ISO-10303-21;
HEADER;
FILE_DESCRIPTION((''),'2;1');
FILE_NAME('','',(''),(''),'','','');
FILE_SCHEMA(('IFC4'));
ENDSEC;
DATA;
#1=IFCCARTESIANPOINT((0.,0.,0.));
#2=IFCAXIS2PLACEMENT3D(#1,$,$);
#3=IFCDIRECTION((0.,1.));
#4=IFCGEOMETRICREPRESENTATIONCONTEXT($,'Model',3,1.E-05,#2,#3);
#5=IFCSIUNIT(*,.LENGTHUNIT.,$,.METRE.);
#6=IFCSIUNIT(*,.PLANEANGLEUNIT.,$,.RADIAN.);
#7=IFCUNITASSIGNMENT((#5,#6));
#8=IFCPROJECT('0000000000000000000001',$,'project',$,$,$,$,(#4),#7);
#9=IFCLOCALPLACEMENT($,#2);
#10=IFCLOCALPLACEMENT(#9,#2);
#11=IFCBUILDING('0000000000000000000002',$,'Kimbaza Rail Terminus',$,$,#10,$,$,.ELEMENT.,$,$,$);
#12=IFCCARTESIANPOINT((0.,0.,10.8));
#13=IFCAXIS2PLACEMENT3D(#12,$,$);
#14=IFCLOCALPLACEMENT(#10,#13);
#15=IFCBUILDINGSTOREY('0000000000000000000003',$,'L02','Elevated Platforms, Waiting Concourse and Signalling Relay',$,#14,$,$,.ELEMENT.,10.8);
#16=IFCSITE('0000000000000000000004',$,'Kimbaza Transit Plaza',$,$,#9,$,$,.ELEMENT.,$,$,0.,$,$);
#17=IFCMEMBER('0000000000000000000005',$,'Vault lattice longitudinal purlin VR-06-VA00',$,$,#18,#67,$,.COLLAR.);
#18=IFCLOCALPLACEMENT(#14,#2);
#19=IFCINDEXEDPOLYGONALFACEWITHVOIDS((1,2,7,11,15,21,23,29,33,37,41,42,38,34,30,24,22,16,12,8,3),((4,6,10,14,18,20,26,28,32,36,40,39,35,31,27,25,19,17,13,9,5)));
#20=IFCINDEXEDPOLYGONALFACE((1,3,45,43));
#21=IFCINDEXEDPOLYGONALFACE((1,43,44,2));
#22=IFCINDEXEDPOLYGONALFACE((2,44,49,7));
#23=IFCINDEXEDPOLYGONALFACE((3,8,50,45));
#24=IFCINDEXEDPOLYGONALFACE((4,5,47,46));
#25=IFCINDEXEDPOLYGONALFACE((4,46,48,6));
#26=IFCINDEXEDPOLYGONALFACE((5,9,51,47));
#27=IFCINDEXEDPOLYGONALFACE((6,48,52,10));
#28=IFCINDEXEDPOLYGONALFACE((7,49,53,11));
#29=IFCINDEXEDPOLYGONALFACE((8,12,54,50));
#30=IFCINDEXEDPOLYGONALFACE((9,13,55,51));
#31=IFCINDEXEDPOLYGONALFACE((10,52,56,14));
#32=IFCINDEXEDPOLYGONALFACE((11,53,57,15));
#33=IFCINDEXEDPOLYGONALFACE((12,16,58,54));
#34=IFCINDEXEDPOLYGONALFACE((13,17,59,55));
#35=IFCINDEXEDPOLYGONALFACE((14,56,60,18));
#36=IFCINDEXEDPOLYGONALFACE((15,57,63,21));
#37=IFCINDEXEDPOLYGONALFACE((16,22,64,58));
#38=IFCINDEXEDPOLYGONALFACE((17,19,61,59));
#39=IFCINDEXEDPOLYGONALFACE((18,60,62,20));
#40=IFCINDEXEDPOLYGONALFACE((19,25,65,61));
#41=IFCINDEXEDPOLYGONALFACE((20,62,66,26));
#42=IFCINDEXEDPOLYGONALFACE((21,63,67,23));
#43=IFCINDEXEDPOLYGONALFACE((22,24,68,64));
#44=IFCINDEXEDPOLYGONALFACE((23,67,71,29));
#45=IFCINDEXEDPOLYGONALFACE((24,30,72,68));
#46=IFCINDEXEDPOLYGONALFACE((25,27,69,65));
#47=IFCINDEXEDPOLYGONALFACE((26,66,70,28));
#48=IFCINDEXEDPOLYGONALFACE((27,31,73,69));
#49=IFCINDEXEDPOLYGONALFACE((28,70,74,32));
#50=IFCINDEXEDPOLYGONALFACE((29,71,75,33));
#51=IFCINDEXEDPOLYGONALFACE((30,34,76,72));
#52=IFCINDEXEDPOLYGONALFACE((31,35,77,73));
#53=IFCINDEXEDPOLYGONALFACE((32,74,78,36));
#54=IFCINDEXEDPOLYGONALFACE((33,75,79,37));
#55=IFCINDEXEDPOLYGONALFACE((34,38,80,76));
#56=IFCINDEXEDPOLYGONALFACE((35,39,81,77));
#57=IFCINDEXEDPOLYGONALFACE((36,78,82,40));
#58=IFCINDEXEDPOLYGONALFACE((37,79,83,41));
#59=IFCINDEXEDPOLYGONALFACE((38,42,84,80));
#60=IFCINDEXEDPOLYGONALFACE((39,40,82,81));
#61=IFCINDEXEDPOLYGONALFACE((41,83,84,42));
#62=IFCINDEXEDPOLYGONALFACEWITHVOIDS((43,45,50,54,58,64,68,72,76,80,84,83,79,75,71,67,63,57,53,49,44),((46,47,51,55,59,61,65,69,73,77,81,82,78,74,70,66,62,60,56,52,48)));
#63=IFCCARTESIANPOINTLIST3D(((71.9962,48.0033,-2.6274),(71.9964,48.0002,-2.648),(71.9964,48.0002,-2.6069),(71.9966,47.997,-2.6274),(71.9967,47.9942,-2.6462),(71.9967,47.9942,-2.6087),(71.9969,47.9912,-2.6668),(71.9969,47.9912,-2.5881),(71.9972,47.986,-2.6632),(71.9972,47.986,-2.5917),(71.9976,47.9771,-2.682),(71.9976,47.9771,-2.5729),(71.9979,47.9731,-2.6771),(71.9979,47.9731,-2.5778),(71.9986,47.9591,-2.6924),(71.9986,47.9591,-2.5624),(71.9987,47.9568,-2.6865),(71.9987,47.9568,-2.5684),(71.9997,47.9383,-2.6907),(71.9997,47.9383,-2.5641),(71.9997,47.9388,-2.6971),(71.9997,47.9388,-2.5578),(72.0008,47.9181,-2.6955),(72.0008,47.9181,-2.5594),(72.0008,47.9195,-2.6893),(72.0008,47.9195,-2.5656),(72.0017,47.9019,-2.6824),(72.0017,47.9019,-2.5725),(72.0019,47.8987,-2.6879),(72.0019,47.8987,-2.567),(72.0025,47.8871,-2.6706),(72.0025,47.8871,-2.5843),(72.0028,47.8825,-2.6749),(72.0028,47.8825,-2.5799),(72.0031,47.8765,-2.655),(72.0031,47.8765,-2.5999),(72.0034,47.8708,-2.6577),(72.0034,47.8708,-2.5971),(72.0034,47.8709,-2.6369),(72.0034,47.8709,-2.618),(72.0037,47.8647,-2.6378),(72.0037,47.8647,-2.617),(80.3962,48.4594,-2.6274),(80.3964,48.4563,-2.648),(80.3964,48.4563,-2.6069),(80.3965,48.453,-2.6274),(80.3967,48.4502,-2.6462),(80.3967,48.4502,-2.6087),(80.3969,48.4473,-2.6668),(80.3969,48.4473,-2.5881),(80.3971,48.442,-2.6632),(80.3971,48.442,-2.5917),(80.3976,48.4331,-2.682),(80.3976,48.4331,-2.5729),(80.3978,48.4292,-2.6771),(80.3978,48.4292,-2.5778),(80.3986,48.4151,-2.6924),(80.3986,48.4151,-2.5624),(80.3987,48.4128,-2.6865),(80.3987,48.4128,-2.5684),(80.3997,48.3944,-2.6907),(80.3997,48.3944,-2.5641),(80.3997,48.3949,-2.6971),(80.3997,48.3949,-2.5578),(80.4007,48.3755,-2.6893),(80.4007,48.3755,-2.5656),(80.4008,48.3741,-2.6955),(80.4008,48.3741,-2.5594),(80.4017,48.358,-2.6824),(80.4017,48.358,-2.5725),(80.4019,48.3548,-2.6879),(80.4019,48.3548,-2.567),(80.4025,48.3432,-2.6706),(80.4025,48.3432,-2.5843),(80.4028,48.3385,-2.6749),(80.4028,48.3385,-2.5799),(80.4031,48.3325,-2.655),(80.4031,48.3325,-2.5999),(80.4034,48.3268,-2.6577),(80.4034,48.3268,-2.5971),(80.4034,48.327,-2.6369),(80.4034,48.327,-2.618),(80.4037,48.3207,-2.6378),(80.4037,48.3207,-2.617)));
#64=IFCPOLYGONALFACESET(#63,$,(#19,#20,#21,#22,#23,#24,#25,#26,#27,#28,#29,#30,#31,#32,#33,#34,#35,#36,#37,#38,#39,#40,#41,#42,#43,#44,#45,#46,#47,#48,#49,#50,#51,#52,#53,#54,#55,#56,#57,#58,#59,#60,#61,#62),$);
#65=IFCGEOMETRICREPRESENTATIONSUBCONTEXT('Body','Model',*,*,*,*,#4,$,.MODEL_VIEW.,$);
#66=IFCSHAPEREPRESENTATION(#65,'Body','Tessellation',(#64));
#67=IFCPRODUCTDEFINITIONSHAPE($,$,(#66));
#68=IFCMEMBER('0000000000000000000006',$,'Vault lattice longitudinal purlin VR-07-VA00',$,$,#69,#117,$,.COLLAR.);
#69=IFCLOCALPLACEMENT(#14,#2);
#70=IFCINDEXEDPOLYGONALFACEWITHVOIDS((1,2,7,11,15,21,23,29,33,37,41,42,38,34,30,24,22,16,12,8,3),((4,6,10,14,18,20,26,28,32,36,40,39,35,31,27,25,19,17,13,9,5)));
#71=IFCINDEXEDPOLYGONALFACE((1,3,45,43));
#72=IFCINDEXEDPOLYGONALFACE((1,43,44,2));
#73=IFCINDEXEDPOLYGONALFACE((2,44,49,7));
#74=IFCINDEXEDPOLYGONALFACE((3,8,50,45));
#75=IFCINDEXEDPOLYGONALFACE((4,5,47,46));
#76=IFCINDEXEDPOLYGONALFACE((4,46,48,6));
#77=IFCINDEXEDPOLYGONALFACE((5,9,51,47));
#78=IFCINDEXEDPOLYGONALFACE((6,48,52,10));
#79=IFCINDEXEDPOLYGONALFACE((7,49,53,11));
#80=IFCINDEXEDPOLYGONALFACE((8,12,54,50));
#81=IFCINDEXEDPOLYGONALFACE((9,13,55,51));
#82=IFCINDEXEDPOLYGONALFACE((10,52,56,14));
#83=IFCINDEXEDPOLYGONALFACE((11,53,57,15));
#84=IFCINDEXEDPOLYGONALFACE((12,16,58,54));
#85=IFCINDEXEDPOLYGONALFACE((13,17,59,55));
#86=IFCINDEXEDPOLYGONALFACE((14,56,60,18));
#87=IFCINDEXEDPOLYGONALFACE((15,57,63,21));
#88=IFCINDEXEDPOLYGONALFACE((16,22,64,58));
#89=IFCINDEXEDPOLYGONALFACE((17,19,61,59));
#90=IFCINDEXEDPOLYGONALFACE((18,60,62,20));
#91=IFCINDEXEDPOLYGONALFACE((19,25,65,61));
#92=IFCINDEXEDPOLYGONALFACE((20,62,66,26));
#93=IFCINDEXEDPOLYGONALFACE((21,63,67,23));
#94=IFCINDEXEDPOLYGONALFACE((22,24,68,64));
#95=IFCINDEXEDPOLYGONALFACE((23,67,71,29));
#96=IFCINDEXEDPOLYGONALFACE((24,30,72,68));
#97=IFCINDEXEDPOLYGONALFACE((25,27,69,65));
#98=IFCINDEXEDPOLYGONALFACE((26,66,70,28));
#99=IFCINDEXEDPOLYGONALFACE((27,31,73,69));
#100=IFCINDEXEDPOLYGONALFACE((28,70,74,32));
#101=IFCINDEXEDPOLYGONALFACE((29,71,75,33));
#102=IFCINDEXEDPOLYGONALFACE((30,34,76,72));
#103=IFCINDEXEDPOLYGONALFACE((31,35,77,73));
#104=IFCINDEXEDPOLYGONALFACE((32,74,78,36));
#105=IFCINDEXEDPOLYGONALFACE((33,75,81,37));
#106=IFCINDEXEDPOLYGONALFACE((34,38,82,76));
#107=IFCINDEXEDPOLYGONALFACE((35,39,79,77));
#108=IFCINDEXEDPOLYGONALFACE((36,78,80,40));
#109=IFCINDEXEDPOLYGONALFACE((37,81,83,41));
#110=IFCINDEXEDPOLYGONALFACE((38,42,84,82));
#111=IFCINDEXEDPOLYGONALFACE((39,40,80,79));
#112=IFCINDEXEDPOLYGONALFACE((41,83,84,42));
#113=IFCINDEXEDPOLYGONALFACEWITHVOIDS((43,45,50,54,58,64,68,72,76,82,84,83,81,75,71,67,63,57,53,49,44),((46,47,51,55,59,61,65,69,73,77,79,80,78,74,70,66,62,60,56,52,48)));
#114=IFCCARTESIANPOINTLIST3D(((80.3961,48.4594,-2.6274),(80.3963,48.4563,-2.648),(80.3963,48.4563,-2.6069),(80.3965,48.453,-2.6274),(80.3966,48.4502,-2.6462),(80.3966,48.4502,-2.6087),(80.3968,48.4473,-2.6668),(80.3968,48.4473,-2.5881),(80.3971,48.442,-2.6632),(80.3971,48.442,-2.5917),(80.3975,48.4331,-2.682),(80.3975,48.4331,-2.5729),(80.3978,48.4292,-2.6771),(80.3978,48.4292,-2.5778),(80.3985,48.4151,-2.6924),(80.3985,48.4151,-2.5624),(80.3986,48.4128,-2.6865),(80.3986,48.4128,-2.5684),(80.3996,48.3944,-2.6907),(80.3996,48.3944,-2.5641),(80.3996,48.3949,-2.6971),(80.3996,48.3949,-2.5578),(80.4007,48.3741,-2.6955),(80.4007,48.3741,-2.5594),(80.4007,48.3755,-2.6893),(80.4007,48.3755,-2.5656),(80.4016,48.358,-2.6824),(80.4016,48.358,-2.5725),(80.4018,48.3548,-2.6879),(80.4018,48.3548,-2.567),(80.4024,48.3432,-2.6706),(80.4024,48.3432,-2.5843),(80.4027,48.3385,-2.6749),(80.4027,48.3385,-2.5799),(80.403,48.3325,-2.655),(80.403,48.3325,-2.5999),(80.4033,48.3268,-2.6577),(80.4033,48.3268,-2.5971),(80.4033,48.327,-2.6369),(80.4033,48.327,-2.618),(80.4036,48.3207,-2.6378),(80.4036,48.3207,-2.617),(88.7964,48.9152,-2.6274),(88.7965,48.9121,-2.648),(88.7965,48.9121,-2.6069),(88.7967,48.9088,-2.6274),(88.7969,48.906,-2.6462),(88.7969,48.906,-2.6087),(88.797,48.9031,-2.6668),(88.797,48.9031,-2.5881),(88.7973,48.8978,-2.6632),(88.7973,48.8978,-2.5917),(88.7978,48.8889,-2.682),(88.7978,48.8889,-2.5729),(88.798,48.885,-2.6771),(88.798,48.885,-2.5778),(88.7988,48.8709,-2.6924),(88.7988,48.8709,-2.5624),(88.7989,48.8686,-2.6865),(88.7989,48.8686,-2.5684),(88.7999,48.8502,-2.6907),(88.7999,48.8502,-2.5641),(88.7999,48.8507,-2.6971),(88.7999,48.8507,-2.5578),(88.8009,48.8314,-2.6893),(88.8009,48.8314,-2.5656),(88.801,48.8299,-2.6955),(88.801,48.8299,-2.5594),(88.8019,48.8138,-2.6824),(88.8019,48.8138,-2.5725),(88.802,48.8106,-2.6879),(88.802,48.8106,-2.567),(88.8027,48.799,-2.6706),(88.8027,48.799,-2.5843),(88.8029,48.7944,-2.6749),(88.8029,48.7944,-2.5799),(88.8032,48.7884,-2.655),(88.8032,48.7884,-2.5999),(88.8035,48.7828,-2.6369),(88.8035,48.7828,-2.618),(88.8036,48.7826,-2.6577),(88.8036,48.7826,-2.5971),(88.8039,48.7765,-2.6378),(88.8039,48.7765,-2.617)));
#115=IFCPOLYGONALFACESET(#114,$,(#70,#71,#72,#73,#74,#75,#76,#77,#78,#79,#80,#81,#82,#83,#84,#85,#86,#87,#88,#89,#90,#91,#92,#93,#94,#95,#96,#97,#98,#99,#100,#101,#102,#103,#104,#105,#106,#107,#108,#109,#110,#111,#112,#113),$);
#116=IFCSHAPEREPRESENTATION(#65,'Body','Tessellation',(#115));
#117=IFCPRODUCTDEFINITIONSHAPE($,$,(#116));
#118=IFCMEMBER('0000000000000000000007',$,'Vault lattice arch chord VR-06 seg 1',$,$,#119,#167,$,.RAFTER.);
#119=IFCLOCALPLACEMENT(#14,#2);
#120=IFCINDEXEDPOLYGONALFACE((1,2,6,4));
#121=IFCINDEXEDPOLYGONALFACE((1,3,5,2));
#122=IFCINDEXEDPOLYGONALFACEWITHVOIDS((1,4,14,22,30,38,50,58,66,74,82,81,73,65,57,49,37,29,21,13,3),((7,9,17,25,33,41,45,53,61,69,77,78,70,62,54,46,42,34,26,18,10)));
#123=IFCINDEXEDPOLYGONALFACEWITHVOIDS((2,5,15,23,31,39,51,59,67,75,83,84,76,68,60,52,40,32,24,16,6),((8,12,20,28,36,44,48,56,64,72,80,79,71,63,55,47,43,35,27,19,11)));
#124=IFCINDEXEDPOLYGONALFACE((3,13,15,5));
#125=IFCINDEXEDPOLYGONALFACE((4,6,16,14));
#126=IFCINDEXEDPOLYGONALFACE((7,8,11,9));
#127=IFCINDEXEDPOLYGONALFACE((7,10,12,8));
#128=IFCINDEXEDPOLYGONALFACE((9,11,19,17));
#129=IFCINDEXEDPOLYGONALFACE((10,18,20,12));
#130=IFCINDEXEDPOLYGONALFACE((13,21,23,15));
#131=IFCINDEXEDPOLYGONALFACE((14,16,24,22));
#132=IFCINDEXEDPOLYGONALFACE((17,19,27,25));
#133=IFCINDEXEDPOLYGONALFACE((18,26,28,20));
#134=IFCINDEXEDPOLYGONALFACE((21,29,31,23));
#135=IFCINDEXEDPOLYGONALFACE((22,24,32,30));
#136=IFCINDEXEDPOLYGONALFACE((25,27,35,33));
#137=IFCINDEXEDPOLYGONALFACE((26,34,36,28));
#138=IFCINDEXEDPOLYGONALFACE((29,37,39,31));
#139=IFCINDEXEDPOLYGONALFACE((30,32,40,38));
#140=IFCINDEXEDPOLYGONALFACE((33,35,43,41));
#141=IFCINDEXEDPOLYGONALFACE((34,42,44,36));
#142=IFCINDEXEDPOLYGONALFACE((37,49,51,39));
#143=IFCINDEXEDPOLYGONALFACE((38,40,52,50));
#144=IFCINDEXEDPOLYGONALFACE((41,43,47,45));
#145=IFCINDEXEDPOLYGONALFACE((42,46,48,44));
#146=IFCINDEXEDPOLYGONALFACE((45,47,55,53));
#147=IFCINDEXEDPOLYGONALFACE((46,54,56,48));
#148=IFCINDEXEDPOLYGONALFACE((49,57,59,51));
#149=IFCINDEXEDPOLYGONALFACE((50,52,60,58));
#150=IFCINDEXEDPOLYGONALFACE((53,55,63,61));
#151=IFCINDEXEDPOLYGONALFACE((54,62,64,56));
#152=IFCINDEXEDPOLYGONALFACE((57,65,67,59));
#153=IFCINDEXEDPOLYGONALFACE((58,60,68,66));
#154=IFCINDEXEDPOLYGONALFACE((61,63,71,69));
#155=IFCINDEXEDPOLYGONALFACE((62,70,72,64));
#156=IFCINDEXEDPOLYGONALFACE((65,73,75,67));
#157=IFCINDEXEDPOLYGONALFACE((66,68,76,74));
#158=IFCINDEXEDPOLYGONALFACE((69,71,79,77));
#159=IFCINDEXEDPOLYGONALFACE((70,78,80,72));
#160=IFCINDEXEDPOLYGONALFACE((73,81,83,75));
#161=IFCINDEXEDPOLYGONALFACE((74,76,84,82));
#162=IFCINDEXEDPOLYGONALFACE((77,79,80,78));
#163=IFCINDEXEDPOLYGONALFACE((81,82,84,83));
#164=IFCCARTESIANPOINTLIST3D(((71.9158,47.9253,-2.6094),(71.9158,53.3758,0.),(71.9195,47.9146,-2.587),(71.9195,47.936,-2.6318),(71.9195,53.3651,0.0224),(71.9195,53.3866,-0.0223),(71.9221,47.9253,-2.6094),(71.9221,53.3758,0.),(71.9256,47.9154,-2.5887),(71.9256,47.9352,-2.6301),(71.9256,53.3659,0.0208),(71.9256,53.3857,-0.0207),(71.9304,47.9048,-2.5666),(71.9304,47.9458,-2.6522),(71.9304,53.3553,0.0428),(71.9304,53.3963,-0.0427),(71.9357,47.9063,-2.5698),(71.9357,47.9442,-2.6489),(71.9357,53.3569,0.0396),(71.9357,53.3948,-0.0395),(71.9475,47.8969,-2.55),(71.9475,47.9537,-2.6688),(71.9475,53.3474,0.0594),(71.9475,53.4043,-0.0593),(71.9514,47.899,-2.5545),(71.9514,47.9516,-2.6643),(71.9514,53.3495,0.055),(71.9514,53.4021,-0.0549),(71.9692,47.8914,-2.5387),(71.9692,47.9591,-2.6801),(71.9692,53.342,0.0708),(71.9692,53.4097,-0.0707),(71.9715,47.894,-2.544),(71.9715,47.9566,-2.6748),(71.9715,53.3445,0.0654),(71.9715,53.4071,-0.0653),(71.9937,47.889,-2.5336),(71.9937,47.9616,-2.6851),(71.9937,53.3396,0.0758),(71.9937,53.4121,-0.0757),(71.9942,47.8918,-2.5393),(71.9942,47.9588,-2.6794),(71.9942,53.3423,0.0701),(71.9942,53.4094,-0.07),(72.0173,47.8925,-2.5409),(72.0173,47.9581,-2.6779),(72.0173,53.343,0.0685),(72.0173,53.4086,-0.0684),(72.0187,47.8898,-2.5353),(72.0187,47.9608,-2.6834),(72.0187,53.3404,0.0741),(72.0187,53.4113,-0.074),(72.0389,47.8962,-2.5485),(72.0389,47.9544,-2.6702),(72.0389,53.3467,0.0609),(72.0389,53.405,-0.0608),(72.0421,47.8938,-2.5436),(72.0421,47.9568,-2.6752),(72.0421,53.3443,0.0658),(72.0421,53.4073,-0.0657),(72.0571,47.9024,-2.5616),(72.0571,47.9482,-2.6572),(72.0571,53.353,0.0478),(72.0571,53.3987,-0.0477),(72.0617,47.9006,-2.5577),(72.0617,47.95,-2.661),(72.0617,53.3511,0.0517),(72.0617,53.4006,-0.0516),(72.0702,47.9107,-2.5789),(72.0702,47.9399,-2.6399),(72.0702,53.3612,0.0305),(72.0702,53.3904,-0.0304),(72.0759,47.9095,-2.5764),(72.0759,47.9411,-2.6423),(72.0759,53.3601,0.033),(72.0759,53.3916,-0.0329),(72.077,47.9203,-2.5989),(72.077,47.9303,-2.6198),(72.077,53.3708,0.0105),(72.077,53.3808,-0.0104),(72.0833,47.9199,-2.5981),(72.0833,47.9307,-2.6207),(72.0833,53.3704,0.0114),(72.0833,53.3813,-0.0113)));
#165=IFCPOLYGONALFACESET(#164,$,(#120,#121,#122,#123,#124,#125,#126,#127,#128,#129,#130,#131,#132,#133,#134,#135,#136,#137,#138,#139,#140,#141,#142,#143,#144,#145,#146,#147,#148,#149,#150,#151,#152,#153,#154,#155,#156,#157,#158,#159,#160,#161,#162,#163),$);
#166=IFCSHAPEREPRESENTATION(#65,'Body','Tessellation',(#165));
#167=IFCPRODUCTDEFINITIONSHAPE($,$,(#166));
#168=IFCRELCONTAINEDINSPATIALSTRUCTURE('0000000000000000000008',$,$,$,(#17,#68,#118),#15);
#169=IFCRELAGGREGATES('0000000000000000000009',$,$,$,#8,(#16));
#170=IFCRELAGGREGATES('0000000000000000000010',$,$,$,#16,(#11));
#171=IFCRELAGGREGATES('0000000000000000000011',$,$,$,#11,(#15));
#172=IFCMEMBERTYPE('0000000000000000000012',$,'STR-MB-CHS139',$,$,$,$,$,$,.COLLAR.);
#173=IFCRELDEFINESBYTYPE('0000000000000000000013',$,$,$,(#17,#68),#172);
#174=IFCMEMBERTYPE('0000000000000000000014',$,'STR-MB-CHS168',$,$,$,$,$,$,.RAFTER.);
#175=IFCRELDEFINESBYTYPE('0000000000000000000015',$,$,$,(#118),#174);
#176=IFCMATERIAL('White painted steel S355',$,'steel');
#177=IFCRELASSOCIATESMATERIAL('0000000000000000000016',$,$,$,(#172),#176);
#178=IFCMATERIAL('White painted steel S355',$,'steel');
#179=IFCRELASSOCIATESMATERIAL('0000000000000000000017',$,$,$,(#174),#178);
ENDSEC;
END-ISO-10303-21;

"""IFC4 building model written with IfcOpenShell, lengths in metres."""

from ifc_helpers import new_model, si_unit, direction, frame, origin, origin_2d, place, context, subcontext, project, spatial, hollow_circle, extrude, material, material_profile, profile_set, type_object, element, save


model = new_model("IFC4")

# Units and contexts
model_context = context("Model", 3, precision=1e-05, world=origin(), true_north=direction((0.0, 1.0)))
body_context = subcontext(model_context, "Body", "Model", "MODEL_VIEW")
ifc_project = project(units=[si_unit("LENGTHUNIT", "METRE"), si_unit("PLANEANGLEUNIT", "RADIAN")], contexts=[model_context])

# Site, building, storey
site_placement = place(None, origin())
site = spatial("IfcSite", under=ifc_project, at=site_placement, Name="Kimbaza Transit Plaza", CompositionType="ELEMENT", RefElevation=0.0)
building_placement = place(site_placement, origin())
building = spatial("IfcBuilding", under=site, at=building_placement, Name="Kimbaza Rail Terminus", CompositionType="ELEMENT")
storey_placement = place(building_placement, frame((0.0, 0.0, 10.8)))
storey = spatial("IfcBuildingStorey", under=building, at=storey_placement, Name="L02", Description="Elevated Platforms, Waiting Concourse and Signalling Relay", CompositionType="ELEMENT", Elevation=10.8)

# Members
ifc_material_1 = material(Name="White painted steel S355", Category="steel")
ifc_material_profile_1 = material_profile(ifc_material_1, hollow_circle(Radius=0.0698, WallThickness=0.0063, at=origin_2d()), Name="CHS 139.7x6.3")
ifc_profile_set_1 = profile_set([ifc_material_profile_1], Name="White painted steel S355")
member_type_1 = type_object("IfcMemberType", Name="STR-MB-CHS139", PredefinedType="COLLAR", material=ifc_profile_set_1)
member_1_placement = place(storey_placement, frame((72.0, 47.9336, -2.6274), z_axis=(0.998529, 0.054213, 0.0), x_axis=(-0.054213, 0.998529, 0.0)))
element("IfcMember", 1, at=member_1_placement, inside=storey, type_object=member_type_1, Name="Vault lattice longitudinal purlin VR-06-VA00", PredefinedType="COLLAR", context=body_context, shape_type="SweptSolid", body=[
    extrude(hollow_circle(Radius=0.0698, WallThickness=0.0063, at=origin_2d()), origin(), (0.0, 0.0, 1.0), 8.4124),
])
member_2_placement = place(storey_placement, frame((80.3999, 48.3896, -2.6274), z_axis=(0.998531, 0.054183, 0.0), x_axis=(-0.054183, 0.998531, 0.0)))
element("IfcMember", 2, at=member_2_placement, inside=storey, type_object=member_type_1, Name="Vault lattice longitudinal purlin VR-07-VA00", PredefinedType="COLLAR", context=body_context, shape_type="SweptSolid", body=[
    extrude(hollow_circle(Radius=0.0698, WallThickness=0.0063, at=origin_2d()), origin(), (0.0, 0.0, 1.0), 8.4126),
])
ifc_material_2 = material(Name="White painted steel S355", Category="steel")
ifc_material_profile_2 = material_profile(ifc_material_2, hollow_circle(Radius=0.0842, WallThickness=0.0063, at=origin_2d()), Name="CHS 168.3x6.3")
ifc_profile_set_2 = profile_set([ifc_material_profile_2], Name="White painted steel S355")
member_type_2 = type_object("IfcMemberType", Name="STR-MB-CHS168", PredefinedType="RAFTER", material=ifc_profile_set_2)
for number, where, z_axis, x_axis, name in (
    (3, (72.0, 47.9253, -2.6094), (0.0, 0.901964, 0.431811), (-1.0, 0.0, 0.0), "Vault lattice arch chord VR-06 seg 1"),
):
    element("IfcMember", number, at=place(storey_placement, frame(where, z_axis=z_axis, x_axis=x_axis)), inside=storey, type_object=member_type_2, Name=name, PredefinedType="RAFTER", context=body_context, shape_type="SweptSolid", body=[
        extrude(hollow_circle(Radius=0.0842, WallThickness=0.0063, at=origin_2d()), origin(), (0.0, 0.0, 1.0), 6.043),
    ])

save(model, "model.ifc")
